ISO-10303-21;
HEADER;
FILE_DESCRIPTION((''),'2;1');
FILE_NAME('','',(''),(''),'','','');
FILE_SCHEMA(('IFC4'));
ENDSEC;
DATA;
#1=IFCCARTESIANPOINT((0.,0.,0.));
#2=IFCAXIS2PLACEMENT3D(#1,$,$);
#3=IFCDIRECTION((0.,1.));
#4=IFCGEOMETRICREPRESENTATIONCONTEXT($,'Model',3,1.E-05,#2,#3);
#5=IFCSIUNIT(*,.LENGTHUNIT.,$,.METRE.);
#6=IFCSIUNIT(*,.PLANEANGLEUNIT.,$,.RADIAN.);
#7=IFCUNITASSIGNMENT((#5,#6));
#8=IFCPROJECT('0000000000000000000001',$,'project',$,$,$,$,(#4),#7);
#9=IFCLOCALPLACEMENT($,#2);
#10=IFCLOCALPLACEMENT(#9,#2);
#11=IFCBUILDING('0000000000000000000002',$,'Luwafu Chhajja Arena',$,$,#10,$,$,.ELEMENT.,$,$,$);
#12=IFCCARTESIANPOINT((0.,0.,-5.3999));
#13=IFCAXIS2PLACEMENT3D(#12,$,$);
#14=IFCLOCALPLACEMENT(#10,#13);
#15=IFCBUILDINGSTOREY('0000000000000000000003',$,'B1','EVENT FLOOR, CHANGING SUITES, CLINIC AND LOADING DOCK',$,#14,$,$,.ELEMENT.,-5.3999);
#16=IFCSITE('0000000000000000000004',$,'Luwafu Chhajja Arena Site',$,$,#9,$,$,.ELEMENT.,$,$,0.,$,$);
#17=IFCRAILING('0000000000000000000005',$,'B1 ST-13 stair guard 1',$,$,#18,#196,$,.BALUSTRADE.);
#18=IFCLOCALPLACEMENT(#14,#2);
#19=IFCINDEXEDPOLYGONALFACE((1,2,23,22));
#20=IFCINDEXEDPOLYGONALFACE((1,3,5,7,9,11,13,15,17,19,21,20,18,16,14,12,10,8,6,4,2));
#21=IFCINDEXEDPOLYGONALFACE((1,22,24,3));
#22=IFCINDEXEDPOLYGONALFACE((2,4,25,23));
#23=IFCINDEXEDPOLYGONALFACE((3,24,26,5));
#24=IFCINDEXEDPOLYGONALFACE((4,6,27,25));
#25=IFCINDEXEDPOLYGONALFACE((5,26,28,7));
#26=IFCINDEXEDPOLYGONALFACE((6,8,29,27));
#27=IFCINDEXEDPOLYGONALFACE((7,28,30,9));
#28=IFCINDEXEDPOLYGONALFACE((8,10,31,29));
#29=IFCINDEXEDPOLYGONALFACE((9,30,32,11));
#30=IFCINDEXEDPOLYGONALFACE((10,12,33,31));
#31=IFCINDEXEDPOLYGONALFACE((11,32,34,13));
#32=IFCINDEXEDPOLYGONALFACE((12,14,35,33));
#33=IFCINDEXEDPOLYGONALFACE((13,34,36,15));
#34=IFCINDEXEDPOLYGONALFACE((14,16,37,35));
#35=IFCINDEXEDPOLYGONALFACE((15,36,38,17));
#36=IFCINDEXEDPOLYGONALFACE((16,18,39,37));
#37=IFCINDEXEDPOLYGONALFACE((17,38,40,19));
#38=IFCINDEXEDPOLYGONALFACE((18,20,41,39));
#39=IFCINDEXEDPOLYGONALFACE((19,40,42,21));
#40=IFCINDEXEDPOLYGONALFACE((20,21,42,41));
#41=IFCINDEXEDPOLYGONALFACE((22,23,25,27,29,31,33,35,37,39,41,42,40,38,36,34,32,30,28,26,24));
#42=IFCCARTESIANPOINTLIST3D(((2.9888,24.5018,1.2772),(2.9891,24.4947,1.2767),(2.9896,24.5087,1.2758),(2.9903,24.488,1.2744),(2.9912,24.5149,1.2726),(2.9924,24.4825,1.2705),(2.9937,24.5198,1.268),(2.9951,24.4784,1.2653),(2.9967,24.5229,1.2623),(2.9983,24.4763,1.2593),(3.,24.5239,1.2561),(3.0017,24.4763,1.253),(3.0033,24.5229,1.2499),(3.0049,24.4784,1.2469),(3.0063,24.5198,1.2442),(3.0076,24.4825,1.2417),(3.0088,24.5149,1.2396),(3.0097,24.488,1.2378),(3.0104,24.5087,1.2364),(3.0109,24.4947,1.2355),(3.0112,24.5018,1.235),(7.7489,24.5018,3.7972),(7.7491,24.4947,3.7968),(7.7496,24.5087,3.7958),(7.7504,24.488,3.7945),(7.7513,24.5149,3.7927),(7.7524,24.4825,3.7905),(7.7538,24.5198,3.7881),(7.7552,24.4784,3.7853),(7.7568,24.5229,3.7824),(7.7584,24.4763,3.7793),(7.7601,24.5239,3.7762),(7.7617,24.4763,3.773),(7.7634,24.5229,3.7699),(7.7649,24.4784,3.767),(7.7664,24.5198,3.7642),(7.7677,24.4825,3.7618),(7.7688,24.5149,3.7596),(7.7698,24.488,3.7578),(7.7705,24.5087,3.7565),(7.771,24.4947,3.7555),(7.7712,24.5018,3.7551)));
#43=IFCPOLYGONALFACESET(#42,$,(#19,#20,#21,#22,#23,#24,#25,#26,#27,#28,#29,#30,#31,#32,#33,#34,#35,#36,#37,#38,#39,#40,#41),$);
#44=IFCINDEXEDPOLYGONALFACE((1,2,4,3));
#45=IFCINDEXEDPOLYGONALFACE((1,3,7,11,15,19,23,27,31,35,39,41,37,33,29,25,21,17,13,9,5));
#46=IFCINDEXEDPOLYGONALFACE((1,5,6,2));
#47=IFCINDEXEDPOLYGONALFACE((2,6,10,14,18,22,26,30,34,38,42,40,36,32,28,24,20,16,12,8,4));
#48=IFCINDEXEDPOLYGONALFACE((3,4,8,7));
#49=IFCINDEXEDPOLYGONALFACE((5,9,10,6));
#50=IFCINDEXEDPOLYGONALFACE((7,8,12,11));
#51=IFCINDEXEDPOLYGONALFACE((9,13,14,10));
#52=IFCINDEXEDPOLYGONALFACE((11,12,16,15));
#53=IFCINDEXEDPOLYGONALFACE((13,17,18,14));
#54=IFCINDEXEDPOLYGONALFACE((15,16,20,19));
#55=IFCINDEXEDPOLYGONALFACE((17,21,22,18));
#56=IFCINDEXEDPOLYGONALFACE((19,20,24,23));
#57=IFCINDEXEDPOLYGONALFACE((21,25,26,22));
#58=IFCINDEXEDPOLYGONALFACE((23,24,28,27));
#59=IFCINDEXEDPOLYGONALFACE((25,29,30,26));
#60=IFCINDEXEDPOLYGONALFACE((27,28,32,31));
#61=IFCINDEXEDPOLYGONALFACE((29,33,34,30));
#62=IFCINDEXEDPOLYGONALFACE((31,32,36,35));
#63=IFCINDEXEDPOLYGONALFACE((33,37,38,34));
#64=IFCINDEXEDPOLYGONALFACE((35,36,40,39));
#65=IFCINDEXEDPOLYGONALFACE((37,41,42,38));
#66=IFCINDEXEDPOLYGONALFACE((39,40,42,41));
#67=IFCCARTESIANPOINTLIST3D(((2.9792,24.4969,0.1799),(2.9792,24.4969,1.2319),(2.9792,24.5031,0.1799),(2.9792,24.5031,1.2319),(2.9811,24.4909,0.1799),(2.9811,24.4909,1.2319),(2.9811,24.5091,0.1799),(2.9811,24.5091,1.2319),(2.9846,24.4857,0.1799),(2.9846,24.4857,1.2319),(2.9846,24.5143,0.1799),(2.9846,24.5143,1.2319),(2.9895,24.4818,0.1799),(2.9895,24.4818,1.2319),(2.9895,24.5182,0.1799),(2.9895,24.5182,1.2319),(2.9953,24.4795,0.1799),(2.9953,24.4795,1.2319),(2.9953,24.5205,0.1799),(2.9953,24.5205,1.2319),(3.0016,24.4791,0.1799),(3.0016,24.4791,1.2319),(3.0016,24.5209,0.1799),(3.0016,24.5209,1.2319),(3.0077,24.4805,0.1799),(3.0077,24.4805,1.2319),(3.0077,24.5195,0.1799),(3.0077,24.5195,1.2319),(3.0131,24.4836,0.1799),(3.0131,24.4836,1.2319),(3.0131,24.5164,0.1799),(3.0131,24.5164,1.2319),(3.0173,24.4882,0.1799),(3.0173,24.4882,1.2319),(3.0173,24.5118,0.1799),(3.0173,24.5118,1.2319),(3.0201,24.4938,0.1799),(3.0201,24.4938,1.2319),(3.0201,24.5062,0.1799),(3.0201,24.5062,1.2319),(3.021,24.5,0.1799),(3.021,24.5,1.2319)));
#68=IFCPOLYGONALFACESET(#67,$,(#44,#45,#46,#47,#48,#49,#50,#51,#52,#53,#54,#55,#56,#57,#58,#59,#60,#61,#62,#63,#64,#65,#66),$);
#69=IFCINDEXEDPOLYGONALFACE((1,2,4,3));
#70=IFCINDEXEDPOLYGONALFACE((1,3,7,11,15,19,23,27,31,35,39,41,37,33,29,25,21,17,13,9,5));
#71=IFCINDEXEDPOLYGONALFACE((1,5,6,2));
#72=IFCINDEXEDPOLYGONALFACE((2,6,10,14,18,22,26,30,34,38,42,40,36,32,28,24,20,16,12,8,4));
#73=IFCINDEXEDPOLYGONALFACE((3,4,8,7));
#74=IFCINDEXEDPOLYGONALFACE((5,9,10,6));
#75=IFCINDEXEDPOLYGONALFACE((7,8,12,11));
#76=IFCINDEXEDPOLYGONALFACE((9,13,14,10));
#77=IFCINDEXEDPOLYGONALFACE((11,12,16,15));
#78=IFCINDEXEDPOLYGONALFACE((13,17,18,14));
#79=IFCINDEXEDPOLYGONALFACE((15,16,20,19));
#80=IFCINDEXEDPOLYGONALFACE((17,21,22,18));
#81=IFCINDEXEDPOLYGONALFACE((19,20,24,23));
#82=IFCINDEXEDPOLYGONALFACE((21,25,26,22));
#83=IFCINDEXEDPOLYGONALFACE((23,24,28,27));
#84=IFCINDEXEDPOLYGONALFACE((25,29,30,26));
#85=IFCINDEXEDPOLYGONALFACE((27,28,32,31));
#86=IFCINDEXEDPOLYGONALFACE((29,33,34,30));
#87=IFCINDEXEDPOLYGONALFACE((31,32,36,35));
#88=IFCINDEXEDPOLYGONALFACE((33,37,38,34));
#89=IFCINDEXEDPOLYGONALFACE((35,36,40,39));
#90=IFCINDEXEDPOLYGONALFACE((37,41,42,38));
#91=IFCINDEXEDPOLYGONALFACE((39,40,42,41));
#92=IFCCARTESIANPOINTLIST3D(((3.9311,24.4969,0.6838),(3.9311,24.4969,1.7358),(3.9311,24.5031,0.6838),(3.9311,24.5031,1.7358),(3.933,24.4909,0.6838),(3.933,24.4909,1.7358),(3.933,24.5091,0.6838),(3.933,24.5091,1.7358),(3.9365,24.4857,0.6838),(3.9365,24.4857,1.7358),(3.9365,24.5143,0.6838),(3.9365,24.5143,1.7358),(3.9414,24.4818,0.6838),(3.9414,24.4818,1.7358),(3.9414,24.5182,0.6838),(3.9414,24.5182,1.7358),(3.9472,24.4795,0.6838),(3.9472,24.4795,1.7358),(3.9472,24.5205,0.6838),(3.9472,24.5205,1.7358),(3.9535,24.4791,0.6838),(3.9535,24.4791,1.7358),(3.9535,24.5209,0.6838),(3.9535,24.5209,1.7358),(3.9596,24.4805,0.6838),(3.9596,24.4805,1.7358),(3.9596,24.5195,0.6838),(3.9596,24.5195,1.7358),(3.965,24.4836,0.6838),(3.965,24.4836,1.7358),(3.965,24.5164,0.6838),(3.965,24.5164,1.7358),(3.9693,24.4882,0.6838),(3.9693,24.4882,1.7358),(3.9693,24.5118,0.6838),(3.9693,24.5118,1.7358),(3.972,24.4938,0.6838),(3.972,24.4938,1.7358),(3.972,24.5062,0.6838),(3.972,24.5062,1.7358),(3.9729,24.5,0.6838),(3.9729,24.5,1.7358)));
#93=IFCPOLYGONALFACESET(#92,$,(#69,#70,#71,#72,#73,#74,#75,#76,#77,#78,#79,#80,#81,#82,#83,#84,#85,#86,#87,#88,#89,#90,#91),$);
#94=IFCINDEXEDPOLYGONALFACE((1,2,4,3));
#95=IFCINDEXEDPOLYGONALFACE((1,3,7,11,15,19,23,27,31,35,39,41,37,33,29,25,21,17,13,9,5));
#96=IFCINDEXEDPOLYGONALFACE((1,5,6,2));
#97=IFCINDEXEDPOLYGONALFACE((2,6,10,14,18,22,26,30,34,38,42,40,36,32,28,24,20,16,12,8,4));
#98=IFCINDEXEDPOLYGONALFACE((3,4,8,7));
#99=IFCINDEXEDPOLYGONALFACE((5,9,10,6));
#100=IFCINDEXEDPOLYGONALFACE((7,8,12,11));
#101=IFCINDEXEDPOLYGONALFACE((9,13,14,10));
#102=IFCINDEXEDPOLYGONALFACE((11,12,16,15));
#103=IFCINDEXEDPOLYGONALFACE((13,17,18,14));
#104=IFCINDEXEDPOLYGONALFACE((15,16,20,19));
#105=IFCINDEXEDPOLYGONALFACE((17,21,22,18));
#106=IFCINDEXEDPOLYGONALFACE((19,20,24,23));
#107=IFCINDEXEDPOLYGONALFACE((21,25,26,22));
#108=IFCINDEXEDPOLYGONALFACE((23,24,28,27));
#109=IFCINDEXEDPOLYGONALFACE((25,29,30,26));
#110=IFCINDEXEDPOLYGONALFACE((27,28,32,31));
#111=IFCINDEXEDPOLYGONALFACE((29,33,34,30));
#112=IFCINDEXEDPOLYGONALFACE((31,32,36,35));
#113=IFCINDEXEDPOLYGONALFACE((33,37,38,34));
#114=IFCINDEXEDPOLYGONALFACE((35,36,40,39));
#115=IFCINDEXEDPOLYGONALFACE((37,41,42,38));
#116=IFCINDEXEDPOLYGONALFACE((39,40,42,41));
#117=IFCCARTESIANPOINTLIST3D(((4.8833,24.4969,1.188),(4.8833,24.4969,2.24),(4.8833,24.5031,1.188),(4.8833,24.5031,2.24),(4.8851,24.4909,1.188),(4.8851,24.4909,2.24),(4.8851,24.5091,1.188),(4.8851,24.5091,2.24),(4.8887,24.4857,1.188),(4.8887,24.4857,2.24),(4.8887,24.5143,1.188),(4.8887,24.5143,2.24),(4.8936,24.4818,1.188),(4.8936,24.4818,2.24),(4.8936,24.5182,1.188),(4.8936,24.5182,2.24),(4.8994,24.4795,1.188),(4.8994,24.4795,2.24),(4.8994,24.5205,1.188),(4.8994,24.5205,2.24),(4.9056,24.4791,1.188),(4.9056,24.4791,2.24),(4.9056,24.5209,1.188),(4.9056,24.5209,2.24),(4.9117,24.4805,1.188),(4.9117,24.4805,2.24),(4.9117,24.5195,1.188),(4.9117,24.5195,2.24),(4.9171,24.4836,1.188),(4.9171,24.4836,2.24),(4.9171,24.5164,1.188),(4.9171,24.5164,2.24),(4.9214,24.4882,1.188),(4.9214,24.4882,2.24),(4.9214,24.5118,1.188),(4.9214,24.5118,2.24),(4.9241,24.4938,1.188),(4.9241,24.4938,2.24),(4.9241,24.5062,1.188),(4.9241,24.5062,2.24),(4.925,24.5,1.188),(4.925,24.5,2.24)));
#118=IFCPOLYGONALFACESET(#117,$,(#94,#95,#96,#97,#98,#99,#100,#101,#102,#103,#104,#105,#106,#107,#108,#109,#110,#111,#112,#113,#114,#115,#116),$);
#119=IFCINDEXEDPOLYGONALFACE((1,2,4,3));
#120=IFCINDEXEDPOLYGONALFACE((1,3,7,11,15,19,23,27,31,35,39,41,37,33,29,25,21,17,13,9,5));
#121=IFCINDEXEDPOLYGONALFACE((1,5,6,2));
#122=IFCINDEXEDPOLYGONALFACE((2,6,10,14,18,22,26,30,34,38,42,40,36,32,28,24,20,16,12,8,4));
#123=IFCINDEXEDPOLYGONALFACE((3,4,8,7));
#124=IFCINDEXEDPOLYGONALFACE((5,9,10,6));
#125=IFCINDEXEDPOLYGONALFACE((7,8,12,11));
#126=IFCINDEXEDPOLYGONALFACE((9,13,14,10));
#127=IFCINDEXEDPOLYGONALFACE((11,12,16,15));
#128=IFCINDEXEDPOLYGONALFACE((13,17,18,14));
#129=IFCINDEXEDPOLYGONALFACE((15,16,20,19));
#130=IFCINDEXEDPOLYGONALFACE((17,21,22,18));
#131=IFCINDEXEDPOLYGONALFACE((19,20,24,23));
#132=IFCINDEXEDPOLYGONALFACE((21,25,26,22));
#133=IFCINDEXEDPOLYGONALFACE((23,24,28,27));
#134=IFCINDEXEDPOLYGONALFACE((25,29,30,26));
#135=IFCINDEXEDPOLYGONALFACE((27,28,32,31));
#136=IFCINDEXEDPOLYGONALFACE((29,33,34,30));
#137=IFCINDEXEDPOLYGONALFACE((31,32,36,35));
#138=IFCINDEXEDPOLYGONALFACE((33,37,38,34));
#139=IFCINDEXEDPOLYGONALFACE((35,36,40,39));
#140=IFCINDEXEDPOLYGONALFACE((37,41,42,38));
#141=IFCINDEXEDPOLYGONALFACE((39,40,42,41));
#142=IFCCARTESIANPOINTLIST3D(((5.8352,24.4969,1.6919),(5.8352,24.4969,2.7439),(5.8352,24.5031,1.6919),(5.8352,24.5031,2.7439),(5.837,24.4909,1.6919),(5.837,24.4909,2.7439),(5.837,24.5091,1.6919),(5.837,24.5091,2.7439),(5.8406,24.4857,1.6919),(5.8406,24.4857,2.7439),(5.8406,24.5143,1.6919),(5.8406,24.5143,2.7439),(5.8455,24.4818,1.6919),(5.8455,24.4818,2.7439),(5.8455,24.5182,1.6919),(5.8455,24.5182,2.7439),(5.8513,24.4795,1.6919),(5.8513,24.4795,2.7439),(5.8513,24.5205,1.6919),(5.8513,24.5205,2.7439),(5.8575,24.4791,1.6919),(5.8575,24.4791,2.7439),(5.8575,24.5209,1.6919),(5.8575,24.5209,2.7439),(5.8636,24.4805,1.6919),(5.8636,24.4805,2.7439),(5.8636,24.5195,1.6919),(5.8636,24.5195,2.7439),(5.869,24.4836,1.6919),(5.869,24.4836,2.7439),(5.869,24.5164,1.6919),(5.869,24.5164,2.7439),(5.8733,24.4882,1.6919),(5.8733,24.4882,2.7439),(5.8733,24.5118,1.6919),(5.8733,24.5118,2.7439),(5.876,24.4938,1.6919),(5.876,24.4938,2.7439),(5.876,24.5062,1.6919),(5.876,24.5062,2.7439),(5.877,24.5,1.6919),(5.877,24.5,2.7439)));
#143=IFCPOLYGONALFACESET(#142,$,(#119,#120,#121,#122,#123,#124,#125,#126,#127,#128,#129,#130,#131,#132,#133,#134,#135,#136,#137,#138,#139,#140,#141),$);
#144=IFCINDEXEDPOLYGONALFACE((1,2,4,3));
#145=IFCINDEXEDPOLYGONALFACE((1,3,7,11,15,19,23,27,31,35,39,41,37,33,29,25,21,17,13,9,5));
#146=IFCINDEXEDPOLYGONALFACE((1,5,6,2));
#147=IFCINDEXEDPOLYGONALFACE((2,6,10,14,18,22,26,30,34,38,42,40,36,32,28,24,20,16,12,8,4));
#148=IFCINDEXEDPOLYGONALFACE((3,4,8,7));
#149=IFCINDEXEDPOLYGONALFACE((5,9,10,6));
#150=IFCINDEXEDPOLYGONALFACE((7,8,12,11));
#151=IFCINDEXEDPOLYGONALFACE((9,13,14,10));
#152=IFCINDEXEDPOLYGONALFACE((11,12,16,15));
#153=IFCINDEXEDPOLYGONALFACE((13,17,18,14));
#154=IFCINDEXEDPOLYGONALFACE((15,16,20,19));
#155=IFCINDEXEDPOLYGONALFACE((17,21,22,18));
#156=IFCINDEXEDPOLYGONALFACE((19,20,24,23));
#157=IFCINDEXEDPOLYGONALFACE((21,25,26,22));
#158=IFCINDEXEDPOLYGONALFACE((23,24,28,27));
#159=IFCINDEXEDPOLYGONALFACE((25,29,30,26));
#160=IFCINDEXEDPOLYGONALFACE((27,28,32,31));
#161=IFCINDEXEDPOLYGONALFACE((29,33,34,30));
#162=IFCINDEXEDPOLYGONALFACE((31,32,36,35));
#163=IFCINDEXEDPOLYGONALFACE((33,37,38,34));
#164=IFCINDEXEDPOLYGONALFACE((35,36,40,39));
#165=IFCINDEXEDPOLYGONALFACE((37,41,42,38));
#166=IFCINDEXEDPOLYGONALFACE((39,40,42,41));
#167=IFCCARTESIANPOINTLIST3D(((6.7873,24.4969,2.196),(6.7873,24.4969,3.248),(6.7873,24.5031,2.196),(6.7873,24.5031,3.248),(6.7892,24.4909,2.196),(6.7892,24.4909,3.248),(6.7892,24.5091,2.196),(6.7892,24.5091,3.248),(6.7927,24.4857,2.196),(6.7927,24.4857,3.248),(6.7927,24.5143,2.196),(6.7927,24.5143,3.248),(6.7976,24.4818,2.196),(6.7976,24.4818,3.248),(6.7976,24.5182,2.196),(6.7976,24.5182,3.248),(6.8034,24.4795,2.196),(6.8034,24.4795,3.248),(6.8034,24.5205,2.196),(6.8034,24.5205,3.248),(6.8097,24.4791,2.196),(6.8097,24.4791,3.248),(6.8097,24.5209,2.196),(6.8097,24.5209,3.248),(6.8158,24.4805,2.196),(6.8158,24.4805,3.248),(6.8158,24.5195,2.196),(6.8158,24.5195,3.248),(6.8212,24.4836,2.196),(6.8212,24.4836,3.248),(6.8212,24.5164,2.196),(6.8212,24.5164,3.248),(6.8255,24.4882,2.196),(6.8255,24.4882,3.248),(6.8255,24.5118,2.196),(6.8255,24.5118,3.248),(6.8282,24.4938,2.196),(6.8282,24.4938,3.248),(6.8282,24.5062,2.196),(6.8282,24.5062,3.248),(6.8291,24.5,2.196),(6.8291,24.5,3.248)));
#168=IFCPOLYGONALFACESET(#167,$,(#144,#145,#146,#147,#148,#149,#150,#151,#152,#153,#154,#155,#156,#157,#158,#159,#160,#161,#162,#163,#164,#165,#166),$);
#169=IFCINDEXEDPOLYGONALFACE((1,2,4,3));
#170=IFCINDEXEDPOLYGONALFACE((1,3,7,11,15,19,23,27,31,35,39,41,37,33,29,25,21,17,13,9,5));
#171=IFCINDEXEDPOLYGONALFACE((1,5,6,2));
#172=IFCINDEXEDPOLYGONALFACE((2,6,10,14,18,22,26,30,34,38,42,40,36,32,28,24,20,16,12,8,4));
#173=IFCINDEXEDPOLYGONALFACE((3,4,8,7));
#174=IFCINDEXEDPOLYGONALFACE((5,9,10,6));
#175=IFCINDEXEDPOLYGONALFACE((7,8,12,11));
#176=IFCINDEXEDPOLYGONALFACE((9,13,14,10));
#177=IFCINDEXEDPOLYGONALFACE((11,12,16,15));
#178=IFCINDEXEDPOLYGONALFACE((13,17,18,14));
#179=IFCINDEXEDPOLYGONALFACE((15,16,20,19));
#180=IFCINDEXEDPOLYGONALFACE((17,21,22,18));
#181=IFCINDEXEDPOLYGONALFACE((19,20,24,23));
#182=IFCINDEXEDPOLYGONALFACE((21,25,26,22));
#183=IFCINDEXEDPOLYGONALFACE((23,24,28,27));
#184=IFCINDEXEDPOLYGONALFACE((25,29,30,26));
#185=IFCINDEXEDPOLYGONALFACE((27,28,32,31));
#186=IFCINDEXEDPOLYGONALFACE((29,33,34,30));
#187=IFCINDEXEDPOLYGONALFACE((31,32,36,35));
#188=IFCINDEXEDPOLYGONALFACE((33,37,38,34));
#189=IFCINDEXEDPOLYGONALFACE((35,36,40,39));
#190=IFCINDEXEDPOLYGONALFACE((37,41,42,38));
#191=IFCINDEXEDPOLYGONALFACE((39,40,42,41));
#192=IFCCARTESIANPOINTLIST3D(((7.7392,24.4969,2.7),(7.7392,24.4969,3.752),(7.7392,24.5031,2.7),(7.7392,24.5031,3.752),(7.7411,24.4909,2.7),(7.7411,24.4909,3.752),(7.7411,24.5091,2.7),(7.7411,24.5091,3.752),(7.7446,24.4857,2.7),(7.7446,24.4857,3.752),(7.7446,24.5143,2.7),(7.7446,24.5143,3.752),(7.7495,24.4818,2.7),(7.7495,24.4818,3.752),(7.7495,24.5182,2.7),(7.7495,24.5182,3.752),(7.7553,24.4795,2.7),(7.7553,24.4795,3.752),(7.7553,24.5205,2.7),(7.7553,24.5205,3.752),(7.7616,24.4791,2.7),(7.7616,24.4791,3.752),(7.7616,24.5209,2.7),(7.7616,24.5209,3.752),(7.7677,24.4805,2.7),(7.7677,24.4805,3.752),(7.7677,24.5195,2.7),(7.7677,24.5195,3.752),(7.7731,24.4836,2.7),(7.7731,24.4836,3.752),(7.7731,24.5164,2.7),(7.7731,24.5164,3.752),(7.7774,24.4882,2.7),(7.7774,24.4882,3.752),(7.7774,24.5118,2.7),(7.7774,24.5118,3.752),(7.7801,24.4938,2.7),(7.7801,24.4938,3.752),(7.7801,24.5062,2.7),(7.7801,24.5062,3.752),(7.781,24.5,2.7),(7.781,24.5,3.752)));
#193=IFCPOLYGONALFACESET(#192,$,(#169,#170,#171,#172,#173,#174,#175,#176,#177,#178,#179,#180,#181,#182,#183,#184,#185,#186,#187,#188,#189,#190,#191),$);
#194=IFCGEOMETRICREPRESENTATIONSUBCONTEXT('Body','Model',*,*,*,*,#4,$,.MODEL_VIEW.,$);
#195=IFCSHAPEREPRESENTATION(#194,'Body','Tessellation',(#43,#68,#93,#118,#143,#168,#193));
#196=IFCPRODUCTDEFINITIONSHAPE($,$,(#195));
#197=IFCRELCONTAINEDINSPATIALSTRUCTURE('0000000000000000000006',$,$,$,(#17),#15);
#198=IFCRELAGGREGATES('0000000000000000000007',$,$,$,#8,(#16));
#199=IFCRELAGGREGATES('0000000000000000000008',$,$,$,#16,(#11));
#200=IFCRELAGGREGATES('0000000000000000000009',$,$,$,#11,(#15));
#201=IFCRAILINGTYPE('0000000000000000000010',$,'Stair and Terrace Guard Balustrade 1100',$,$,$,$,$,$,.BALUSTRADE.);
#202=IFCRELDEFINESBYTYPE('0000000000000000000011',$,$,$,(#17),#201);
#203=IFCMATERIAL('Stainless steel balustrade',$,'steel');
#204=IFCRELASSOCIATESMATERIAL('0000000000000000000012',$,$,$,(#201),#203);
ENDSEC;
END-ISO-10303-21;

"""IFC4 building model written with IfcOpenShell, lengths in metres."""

from ifc_helpers import new_model, si_unit, direction, frame, origin, origin_2d, place, context, subcontext, project, spatial, circle, extrude, material, type_object, element, save


model = new_model("IFC4")

# Units and contexts
model_context = context("Model", 3, precision=1e-05, world=origin(), true_north=direction((0.0, 1.0)))
body_context = subcontext(model_context, "Body", "Model", "MODEL_VIEW")
ifc_project = project(units=[si_unit("LENGTHUNIT", "METRE"), si_unit("PLANEANGLEUNIT", "RADIAN")], contexts=[model_context])

# Site, building, storey
site_placement = place(None, origin())
site = spatial("IfcSite", under=ifc_project, at=site_placement, Name="Luwafu Chhajja Arena Site", CompositionType="ELEMENT", RefElevation=0.0)
building_placement = place(site_placement, origin())
building = spatial("IfcBuilding", under=site, at=building_placement, Name="Luwafu Chhajja Arena", CompositionType="ELEMENT")
storey_placement = place(building_placement, frame((0.0, 0.0, -5.3999)))
storey = spatial("IfcBuildingStorey", under=building, at=storey_placement, Name="B1", Description="EVENT FLOOR, CHANGING SUITES, CLINIC AND LOADING DOCK", CompositionType="ELEMENT", Elevation=-5.3999)

# Railing
ifc_material_1 = material(Name="Stainless steel balustrade", Category="steel")
railing_type_1 = type_object("IfcRailingType", Name="Stair and Terrace Guard Balustrade 1100", PredefinedType="BALUSTRADE", material=ifc_material_1)
railing_1_placement = place(storey_placement, frame((3.0, 24.5, 0.1799)))
element("IfcRailing", 1, at=railing_1_placement, inside=storey, type_object=railing_type_1, Name="B1 ST-13 stair guard 1", PredefinedType="BALUSTRADE", context=body_context, shape_type="SweptSolid", body=[
    extrude(circle(Radius=0.0239, at=origin_2d()), frame((0.0, 0.0, 1.0762), z_axis=(0.883787, 0.0, 0.46789), x_axis=(0.0, 1.0, 0.0)), (0.0, 0.0, 1.0), 5.386),
    extrude(circle(Radius=0.021, at=origin_2d()), origin(), (0.0, 0.0, 1.0), 1.052),
    extrude(circle(Radius=0.021, at=origin_2d()), frame((0.9519, 0.0, 0.5039)), (0.0, 0.0, 1.0), 1.052),
    extrude(circle(Radius=0.021, at=origin_2d()), frame((1.9041, 0.0, 1.0081)), (0.0, 0.0, 1.0), 1.052),
    extrude(circle(Radius=0.021, at=origin_2d()), frame((2.856, 0.0, 1.512)), (0.0, 0.0, 1.0), 1.052),
    extrude(circle(Radius=0.021, at=origin_2d()), frame((3.8081, 0.0, 2.0161)), (0.0, 0.0, 1.0), 1.052),
    extrude(circle(Radius=0.021, at=origin_2d()), frame((4.76, 0.0, 2.52)), (0.0, 0.0, 1.0), 1.052),
])

save(model, "model.ifc")
